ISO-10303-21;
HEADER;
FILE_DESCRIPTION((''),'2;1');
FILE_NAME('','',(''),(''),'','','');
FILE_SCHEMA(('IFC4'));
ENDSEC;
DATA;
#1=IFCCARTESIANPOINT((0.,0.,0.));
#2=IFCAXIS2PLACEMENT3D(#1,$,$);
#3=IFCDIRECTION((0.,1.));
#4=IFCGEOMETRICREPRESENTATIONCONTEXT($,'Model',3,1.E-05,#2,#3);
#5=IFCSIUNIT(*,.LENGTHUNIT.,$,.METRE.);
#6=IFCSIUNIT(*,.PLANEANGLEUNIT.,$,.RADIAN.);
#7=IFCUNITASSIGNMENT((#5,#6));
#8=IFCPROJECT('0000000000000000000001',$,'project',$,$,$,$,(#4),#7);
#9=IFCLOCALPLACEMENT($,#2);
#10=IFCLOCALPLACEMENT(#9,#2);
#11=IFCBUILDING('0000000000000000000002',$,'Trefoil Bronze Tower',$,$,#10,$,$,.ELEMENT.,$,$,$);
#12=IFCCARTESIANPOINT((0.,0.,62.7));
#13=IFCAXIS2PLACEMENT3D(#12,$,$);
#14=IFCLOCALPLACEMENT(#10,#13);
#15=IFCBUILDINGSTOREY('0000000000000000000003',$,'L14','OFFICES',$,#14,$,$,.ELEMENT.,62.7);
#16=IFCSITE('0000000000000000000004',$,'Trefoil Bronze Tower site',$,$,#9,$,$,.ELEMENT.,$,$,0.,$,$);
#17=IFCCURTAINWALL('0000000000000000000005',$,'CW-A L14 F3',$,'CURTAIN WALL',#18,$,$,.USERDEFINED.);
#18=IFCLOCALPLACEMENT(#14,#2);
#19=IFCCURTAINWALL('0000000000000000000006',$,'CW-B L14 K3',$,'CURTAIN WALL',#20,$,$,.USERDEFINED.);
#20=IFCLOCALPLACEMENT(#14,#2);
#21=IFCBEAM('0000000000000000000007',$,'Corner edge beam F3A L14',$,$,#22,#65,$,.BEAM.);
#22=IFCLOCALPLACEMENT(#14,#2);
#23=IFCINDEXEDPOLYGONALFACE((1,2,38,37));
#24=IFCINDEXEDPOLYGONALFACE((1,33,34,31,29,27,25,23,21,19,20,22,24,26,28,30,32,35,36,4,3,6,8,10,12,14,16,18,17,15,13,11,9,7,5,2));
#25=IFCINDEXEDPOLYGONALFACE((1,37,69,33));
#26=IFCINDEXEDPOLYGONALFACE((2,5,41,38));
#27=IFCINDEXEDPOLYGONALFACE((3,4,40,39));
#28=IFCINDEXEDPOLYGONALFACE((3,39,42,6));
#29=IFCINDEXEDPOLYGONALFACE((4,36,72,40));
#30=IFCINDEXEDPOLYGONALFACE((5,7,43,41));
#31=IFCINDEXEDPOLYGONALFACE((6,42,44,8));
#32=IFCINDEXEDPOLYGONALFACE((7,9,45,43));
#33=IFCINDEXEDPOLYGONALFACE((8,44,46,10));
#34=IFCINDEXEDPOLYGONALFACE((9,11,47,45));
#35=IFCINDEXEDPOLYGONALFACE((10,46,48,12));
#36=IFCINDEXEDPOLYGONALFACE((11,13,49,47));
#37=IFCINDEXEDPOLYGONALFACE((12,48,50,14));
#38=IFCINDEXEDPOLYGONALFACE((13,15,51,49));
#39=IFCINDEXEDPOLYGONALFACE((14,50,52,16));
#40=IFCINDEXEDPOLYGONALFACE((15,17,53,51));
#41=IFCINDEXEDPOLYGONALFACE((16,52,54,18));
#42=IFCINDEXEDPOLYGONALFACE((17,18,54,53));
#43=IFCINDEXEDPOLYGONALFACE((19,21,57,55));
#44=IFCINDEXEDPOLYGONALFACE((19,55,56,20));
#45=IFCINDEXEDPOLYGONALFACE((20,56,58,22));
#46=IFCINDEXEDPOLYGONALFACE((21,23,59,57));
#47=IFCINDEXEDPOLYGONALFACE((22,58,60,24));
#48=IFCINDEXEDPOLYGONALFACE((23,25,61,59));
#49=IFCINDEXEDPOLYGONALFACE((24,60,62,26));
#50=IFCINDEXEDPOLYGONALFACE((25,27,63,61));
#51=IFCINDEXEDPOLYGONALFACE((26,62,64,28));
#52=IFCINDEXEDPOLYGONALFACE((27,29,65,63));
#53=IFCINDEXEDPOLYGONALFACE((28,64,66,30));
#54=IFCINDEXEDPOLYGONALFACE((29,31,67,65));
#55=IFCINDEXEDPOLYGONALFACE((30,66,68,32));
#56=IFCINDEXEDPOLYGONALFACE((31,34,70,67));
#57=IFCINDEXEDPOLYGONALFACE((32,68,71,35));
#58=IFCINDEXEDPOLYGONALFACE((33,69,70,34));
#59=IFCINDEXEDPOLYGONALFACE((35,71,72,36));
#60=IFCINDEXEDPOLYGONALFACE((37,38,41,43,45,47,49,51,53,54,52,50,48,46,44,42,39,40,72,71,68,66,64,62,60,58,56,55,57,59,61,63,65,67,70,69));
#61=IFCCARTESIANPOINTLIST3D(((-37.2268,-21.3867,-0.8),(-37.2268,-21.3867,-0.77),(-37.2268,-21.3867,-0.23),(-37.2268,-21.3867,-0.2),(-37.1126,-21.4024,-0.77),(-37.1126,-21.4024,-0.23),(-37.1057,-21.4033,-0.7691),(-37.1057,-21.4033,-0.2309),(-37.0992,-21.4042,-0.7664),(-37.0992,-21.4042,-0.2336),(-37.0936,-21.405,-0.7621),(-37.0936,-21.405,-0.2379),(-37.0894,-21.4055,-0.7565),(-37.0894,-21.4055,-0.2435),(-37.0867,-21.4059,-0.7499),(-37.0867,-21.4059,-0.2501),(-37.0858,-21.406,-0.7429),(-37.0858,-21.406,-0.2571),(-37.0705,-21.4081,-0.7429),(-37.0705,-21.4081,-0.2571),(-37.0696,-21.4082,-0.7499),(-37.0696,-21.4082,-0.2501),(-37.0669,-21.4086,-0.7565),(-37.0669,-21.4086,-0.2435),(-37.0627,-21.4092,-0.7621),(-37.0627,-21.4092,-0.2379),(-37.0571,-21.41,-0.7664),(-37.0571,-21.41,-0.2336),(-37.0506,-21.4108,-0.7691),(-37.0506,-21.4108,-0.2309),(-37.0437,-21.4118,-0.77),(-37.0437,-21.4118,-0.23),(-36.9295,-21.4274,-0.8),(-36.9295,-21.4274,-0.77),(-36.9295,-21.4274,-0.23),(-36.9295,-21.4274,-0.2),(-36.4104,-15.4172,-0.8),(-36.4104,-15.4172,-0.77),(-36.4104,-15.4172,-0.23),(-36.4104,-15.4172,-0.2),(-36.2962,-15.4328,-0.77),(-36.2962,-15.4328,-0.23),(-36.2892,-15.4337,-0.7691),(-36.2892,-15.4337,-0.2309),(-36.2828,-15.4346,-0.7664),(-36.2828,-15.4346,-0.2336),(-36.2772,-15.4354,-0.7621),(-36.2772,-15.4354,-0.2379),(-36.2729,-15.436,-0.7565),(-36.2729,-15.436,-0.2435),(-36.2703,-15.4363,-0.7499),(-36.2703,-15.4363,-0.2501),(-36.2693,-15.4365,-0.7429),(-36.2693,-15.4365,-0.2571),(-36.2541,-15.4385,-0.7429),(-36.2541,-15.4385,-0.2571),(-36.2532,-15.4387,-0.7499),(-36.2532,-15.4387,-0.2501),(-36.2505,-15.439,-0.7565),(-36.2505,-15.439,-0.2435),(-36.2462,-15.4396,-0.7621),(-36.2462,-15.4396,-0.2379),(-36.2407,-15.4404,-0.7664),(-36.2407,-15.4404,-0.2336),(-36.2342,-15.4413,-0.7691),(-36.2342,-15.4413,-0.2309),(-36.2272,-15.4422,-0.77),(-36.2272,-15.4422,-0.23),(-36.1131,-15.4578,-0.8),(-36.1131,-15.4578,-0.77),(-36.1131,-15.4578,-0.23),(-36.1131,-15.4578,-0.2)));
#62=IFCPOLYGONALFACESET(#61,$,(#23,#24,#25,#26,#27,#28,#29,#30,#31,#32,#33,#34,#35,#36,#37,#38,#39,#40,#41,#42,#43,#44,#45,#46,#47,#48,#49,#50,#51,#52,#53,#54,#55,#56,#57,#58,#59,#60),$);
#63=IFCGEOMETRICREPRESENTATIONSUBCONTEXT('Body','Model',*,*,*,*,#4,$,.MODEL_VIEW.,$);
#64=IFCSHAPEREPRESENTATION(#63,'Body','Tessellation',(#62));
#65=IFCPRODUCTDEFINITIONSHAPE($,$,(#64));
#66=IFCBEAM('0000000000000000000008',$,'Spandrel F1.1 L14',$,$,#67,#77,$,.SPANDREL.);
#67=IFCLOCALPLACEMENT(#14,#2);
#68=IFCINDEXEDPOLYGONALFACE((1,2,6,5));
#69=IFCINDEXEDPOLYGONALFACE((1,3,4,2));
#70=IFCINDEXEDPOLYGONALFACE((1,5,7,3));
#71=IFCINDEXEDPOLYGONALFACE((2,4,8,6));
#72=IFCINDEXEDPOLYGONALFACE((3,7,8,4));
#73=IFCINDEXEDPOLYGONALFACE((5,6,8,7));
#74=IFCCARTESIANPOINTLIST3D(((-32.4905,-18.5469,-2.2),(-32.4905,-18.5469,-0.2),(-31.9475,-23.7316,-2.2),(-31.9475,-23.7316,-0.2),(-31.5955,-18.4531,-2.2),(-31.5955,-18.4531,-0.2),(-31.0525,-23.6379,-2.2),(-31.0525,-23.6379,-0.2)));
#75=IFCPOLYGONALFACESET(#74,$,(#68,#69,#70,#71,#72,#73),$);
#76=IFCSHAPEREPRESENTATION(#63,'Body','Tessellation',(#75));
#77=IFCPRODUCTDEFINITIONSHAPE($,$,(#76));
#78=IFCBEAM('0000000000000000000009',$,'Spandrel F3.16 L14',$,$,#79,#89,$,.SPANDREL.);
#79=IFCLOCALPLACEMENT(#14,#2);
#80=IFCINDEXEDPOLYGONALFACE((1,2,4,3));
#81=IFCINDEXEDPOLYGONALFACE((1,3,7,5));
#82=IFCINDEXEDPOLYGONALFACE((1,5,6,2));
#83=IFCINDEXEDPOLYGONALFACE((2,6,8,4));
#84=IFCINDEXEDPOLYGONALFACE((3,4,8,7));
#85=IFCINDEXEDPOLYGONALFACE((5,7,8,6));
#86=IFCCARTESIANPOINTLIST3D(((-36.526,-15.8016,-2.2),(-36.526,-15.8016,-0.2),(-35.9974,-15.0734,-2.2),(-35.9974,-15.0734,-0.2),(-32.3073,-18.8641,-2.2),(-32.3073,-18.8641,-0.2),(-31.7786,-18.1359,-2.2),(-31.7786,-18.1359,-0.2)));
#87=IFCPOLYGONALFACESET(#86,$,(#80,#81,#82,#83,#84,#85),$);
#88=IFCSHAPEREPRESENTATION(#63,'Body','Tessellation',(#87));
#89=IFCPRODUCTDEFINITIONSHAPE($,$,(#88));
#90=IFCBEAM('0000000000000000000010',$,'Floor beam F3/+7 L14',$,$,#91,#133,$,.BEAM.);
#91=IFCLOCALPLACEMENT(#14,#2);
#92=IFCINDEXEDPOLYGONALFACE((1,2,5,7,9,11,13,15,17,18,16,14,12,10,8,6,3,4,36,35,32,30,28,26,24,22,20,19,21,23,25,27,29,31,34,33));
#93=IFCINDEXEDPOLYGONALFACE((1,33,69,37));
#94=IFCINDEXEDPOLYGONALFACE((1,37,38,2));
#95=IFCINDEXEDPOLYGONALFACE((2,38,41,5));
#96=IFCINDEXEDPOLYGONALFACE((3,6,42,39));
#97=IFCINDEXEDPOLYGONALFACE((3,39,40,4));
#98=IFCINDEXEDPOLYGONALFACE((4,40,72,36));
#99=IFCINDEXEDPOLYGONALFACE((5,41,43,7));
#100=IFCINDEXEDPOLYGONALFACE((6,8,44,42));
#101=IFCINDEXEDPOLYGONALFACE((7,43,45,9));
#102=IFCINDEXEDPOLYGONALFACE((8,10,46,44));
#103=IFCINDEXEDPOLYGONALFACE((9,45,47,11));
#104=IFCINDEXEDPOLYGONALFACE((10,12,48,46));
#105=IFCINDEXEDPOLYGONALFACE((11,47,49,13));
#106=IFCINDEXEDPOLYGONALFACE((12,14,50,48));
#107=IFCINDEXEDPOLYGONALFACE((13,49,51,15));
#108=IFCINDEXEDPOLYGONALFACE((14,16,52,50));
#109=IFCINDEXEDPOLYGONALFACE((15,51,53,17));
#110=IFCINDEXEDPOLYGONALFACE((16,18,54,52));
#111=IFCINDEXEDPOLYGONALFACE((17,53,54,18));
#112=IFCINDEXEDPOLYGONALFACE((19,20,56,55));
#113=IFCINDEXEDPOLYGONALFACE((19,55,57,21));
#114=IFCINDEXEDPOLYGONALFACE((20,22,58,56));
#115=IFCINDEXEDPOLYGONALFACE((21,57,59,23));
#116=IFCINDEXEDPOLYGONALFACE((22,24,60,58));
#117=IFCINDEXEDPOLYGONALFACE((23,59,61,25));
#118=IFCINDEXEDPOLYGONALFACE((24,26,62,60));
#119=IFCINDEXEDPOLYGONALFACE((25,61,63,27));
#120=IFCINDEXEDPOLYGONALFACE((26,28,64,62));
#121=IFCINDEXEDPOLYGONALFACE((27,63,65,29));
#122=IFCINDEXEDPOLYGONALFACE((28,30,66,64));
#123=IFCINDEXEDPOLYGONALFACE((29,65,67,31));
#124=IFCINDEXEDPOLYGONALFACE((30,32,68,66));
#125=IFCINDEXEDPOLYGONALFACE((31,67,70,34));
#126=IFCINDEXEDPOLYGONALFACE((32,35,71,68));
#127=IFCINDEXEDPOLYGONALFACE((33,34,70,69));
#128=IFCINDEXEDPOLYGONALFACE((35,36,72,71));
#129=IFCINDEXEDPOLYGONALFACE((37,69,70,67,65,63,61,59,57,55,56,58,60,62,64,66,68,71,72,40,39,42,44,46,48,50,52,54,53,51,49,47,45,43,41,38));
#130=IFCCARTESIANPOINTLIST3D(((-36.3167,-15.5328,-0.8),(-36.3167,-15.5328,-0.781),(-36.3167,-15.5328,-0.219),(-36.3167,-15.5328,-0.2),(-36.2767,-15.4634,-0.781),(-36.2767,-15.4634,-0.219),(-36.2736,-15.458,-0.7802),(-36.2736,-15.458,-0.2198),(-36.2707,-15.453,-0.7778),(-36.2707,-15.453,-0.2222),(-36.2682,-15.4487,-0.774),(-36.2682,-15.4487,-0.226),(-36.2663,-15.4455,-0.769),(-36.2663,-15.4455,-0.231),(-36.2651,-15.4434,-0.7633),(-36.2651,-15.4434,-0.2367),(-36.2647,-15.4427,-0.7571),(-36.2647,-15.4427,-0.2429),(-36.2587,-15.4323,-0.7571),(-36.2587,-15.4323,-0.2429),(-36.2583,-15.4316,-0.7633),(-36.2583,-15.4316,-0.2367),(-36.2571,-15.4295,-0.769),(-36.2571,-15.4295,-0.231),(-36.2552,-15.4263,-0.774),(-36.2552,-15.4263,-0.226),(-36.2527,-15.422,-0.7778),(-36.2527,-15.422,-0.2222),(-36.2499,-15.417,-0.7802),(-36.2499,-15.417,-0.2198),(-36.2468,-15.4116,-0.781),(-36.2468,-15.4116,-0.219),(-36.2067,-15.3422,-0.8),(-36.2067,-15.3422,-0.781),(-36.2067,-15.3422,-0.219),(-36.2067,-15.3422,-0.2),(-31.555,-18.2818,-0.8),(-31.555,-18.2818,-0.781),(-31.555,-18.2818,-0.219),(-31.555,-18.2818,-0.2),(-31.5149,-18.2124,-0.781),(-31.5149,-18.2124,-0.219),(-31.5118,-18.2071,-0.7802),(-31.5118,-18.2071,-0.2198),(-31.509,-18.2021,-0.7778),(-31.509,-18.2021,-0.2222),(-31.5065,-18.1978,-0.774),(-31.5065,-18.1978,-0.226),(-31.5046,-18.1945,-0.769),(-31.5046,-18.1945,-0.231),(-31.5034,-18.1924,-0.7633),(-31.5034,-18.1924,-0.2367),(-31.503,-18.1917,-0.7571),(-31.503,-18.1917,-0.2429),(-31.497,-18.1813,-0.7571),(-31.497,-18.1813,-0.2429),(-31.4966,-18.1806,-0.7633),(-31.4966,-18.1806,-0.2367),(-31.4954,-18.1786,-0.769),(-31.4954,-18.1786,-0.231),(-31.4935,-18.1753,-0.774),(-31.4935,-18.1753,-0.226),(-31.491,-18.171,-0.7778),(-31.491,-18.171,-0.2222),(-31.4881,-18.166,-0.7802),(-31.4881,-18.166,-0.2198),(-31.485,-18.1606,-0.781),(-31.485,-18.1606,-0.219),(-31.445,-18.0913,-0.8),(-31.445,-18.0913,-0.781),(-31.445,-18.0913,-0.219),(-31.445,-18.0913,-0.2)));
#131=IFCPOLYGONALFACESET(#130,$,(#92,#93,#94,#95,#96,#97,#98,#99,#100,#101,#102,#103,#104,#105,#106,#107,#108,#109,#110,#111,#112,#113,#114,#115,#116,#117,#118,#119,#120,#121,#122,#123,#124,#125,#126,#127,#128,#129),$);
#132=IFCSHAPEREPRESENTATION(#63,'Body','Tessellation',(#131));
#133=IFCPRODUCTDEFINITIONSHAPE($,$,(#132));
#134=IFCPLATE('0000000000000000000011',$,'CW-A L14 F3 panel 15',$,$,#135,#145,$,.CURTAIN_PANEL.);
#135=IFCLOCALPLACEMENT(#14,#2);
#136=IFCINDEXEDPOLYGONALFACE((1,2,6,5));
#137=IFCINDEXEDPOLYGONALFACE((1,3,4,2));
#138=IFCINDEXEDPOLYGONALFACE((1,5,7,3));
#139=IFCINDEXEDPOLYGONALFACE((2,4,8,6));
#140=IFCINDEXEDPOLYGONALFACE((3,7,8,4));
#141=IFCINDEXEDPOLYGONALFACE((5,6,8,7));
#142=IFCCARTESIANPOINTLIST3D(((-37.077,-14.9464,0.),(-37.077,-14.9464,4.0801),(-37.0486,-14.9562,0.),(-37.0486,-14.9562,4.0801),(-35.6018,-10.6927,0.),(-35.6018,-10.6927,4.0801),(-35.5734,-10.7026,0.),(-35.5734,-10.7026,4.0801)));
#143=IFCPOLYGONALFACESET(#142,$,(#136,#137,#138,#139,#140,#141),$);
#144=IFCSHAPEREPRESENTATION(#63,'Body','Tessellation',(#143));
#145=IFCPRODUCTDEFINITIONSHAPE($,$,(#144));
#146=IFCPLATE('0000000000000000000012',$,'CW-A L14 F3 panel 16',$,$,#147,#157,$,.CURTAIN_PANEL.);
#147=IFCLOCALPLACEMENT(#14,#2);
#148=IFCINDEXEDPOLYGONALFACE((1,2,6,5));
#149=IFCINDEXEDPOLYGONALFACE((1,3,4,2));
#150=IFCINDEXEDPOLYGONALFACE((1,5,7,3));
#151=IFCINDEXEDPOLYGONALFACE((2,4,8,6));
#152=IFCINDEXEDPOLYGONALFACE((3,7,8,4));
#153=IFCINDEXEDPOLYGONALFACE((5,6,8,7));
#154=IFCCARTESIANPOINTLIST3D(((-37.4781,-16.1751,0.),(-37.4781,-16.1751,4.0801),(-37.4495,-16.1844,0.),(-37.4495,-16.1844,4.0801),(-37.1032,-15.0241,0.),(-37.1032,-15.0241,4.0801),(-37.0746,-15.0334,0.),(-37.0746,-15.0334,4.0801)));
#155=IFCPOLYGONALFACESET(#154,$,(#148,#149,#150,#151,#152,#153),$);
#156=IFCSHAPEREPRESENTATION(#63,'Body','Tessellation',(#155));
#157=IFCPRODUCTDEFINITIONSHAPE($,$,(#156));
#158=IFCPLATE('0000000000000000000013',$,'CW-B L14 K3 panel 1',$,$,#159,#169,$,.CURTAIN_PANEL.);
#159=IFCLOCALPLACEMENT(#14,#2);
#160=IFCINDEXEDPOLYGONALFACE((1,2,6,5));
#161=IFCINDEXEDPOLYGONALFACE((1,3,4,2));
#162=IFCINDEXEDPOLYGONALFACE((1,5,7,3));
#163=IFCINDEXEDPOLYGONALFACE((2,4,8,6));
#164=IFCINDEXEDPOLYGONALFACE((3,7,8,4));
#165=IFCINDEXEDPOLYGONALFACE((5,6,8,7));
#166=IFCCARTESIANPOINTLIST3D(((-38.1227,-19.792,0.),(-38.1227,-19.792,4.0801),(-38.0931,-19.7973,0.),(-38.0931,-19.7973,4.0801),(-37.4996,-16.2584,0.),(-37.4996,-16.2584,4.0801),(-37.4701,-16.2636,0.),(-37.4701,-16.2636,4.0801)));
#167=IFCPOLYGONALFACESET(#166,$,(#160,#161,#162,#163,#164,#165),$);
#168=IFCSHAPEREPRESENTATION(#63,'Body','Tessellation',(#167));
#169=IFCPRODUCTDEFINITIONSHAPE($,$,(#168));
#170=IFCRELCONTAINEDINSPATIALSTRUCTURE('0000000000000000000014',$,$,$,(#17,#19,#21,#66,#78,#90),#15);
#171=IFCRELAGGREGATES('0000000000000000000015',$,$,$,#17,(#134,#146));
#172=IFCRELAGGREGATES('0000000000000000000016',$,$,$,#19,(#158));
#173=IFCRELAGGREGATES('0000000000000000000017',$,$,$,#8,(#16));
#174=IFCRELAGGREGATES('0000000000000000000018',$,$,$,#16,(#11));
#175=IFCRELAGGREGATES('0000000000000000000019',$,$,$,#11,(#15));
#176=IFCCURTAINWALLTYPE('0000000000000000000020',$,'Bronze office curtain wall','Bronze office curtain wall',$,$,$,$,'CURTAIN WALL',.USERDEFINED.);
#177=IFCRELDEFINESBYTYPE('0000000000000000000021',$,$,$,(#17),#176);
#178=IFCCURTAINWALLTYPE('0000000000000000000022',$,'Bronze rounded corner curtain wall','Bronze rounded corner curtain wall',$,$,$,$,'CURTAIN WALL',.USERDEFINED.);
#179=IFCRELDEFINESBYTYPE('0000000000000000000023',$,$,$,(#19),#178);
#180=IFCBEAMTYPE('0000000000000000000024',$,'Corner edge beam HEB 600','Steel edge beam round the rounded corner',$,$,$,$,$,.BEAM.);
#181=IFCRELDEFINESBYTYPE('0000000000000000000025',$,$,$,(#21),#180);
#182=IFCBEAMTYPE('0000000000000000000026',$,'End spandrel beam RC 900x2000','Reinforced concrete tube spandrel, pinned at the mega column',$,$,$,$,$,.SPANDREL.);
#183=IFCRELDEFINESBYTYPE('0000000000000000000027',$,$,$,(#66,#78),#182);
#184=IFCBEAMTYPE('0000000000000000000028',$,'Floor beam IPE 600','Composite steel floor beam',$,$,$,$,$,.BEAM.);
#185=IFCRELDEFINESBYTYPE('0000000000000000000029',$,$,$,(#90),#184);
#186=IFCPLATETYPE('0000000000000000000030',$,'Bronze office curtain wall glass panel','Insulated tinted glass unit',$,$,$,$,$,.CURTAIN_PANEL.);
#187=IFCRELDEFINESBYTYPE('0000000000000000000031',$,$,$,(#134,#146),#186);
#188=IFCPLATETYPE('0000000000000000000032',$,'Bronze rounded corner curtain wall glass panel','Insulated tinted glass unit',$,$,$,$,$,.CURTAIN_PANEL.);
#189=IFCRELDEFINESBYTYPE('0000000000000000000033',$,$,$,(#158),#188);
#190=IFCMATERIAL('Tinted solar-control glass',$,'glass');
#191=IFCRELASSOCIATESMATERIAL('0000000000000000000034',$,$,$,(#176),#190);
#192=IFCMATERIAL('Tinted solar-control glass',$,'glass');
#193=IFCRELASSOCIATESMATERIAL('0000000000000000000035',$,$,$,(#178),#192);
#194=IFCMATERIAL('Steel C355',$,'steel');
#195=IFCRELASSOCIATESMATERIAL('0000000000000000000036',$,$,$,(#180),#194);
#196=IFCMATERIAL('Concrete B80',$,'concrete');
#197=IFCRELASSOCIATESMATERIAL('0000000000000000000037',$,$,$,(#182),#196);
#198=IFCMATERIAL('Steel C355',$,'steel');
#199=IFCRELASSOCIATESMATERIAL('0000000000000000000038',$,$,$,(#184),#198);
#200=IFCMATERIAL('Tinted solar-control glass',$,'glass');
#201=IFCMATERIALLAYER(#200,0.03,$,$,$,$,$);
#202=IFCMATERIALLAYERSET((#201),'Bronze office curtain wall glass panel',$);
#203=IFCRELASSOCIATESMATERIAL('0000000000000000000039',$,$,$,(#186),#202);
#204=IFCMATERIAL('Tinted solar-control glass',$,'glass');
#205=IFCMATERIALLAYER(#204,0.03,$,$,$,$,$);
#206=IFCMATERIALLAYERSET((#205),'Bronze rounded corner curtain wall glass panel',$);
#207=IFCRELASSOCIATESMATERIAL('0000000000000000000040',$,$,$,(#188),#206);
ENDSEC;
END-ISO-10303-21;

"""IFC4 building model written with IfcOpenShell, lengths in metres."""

from ifc_helpers import new_model, si_unit, direction, frame, origin, origin_2d, place, context, subcontext, project, spatial, rectangle, i_section, extrude, material, layer, layer_set, material_profile, profile_set, type_object, element, aggregate, save


model = new_model("IFC4")

# Units and contexts
model_context = context("Model", 3, precision=1e-05, world=origin(), true_north=direction((0.0, 1.0)))
body_context = subcontext(model_context, "Body", "Model", "MODEL_VIEW")
ifc_project = project(units=[si_unit("LENGTHUNIT", "METRE"), si_unit("PLANEANGLEUNIT", "RADIAN")], contexts=[model_context])

# Site, building, storey
site_placement = place(None, origin())
site = spatial("IfcSite", under=ifc_project, at=site_placement, Name="Trefoil Bronze Tower site", CompositionType="ELEMENT", RefElevation=0.0)
building_placement = place(site_placement, origin())
building = spatial("IfcBuilding", under=site, at=building_placement, Name="Trefoil Bronze Tower", CompositionType="ELEMENT")
storey_placement = place(building_placement, frame((0.0, 0.0, 62.7)))
storey = spatial("IfcBuildingStorey", under=building, at=storey_placement, Name="L14", Description="OFFICES", CompositionType="ELEMENT", Elevation=62.7)

# Curtain walls
ifc_material_1 = material(Name="Tinted solar-control glass", Category="glass")
curtain_wall_type_1 = type_object("IfcCurtainWallType", Name="Bronze office curtain wall", Description="Bronze office curtain wall", ElementType="CURTAIN WALL", PredefinedType="USERDEFINED", material=ifc_material_1)
curtain_wall_1_placement = place(storey_placement, origin())
curtain_wall_1 = element("IfcCurtainWall", 1, at=curtain_wall_1_placement, inside=storey, type_object=curtain_wall_type_1, Name="CW-A L14 F3", ObjectType="CURTAIN WALL", PredefinedType="USERDEFINED")
ifc_material_2 = material(Name="Tinted solar-control glass", Category="glass")
curtain_wall_type_2 = type_object("IfcCurtainWallType", Name="Bronze rounded corner curtain wall", Description="Bronze rounded corner curtain wall", ElementType="CURTAIN WALL", PredefinedType="USERDEFINED", material=ifc_material_2)
curtain_wall_2_placement = place(storey_placement, origin())
curtain_wall_2 = element("IfcCurtainWall", 2, at=curtain_wall_2_placement, inside=storey, type_object=curtain_wall_type_2, Name="CW-B L14 K3", ObjectType="CURTAIN WALL", PredefinedType="USERDEFINED")

# Beams
ifc_material_3 = material(Name="Steel C355", Category="steel")
ifc_material_profile_1 = material_profile(ifc_material_3, i_section(OverallWidth=0.3, OverallDepth=0.6001, WebThickness=0.0154, FlangeThickness=0.03, FilletRadius=0.0271, at=origin_2d()), Name="HEB 600")
ifc_profile_set_1 = profile_set([ifc_material_profile_1], Name="Steel C355")
beam_type_1 = type_object("IfcBeamType", Name="Corner edge beam HEB 600", Description="Steel edge beam round the rounded corner", PredefinedType="BEAM", material=ifc_profile_set_1)
beam_1_placement = place(storey_placement, frame((-36.2617, -15.4375, -0.5), z_axis=(-0.135502, -0.990777, 0.0), x_axis=(0.990777, -0.135502, 0.0)))
element("IfcBeam", 3, at=beam_1_placement, inside=storey, type_object=beam_type_1, Name="Corner edge beam F3A L14", PredefinedType="BEAM", context=body_context, shape_type="SweptSolid", body=[
    extrude(i_section(OverallWidth=0.3, OverallDepth=0.6001, WebThickness=0.0154, FlangeThickness=0.03, FilletRadius=0.0271, at=origin_2d()), origin(), (0.0, 0.0, 1.0), 6.0251),
])
ifc_material_4 = material(Name="Concrete B80", Category="concrete")
ifc_material_profile_2 = material_profile(ifc_material_4, rectangle(XDim=0.8999, YDim=2.0, at=origin_2d()), Name="RC 900x2000")
ifc_profile_set_2 = profile_set([ifc_material_profile_2], Name="Concrete B80")
beam_type_2 = type_object("IfcBeamType", Name="End spandrel beam RC 900x2000", Description="Reinforced concrete tube spandrel, pinned at the mega column", PredefinedType="SPANDREL", material=ifc_profile_set_2)
for number, where, z_axis, x_axis, name in (
    (4, (-32.043, -18.5, -1.2), (0.104153, -0.994561, 0.0), (0.994561, 0.104153, 0.0), "Spandrel F1.1 L14"),
    (5, (-36.2617, -15.4375, -1.2), (0.809254, -0.587459, 0.0), (0.587459, 0.809254, 0.0), "Spandrel F3.16 L14"),
):
    element("IfcBeam", number, at=place(storey_placement, frame(where, z_axis=z_axis, x_axis=x_axis)), inside=storey, type_object=beam_type_2, Name=name, PredefinedType="SPANDREL", context=body_context, shape_type="SweptSolid", body=[
        extrude(rectangle(XDim=0.8999, YDim=2.0, at=origin_2d()), origin(), (0.0, 0.0, 1.0), 5.2131),
    ])
ifc_material_5 = material(Name="Steel C355", Category="steel")
ifc_material_profile_3 = material_profile(ifc_material_5, i_section(OverallWidth=0.22, OverallDepth=0.6001, WebThickness=0.012, FlangeThickness=0.019, FilletRadius=0.0239, at=origin_2d()), Name="IPE 600")
ifc_profile_set_3 = profile_set([ifc_material_profile_3], Name="Steel C355")
beam_type_3 = type_object("IfcBeamType", Name="Floor beam IPE 600", Description="Composite steel floor beam", PredefinedType="BEAM", material=ifc_profile_set_3)
beam_2_placement = place(storey_placement, frame((-36.2617, -15.4375, -0.5), z_axis=(0.866038, -0.499979, 0.0), x_axis=(0.499979, 0.866038, 0.0)))
element("IfcBeam", 6, at=beam_2_placement, inside=storey, type_object=beam_type_3, Name="Floor beam F3/+7 L14", PredefinedType="BEAM", context=body_context, shape_type="SweptSolid", body=[
    extrude(i_section(OverallWidth=0.22, OverallDepth=0.6001, WebThickness=0.012, FlangeThickness=0.019, FilletRadius=0.0239, at=origin_2d()), origin(), (0.0, 0.0, 1.0), 5.4983),
])

# Plates
ifc_material_6 = material(Name="Tinted solar-control glass", Category="glass")
ifc_layer_1 = layer(ifc_material_6, 0.03)
ifc_layer_set_1 = layer_set([ifc_layer_1], Name="Bronze office curtain wall glass panel")
plate_type_1 = type_object("IfcPlateType", Name="Bronze office curtain wall glass panel", Description="Insulated tinted glass unit", PredefinedType="CURTAIN_PANEL", material=ifc_layer_set_1)
plate_1_placement = place(storey_placement, frame((-36.3252, -12.8245, 0.0), z_axis=(0.0, 0.0, 1.0), x_axis=(-0.327674, -0.944791, 0.0)))
plate_1 = element("IfcPlate", 7, at=plate_1_placement, type_object=plate_type_1, Name="CW-A L14 F3 panel 15", PredefinedType="CURTAIN_PANEL", context=body_context, shape_type="SweptSolid", body=[
    extrude(rectangle(XDim=4.5022, YDim=0.03, at=origin_2d()), origin(), (0.0, 0.0, 1.0), 4.0801),
])
plate_2_placement = place(storey_placement, frame((-37.2764, -15.6042, 0.0), z_axis=(0.0, 0.0, 1.0), x_axis=(-0.309728, -0.950825, 0.0)))
plate_2 = element("IfcPlate", 8, at=plate_2_placement, type_object=plate_type_1, Name="CW-A L14 F3 panel 16", PredefinedType="CURTAIN_PANEL", context=body_context, shape_type="SweptSolid", body=[
    extrude(rectangle(XDim=1.2104, YDim=0.03, at=origin_2d()), origin(), (0.0, 0.0, 1.0), 4.0801),
])
aggregate(curtain_wall_1, [plate_1, plate_2])
ifc_material_7 = material(Name="Tinted solar-control glass", Category="glass")
ifc_layer_2 = layer(ifc_material_7, 0.03)
ifc_layer_set_2 = layer_set([ifc_layer_2], Name="Bronze rounded corner curtain wall glass panel")
plate_type_2 = type_object("IfcPlateType", Name="Bronze rounded corner curtain wall glass panel", Description="Insulated tinted glass unit", PredefinedType="CURTAIN_PANEL", material=ifc_layer_set_2)
plate_3_placement = place(storey_placement, frame((-37.7964, -18.0278, 0.0), z_axis=(0.0, 0.0, 1.0), x_axis=(-0.173648, -0.984808, 0.0)))
plate_3 = element("IfcPlate", 9, at=plate_3_placement, type_object=plate_type_2, Name="CW-B L14 K3 panel 1", PredefinedType="CURTAIN_PANEL", context=body_context, shape_type="SweptSolid", body=[
    extrude(rectangle(XDim=3.5881, YDim=0.03, at=origin_2d()), origin(), (0.0, 0.0, 1.0), 4.0801),
])
aggregate(curtain_wall_2, [plate_3])

save(model, "model.ifc")
